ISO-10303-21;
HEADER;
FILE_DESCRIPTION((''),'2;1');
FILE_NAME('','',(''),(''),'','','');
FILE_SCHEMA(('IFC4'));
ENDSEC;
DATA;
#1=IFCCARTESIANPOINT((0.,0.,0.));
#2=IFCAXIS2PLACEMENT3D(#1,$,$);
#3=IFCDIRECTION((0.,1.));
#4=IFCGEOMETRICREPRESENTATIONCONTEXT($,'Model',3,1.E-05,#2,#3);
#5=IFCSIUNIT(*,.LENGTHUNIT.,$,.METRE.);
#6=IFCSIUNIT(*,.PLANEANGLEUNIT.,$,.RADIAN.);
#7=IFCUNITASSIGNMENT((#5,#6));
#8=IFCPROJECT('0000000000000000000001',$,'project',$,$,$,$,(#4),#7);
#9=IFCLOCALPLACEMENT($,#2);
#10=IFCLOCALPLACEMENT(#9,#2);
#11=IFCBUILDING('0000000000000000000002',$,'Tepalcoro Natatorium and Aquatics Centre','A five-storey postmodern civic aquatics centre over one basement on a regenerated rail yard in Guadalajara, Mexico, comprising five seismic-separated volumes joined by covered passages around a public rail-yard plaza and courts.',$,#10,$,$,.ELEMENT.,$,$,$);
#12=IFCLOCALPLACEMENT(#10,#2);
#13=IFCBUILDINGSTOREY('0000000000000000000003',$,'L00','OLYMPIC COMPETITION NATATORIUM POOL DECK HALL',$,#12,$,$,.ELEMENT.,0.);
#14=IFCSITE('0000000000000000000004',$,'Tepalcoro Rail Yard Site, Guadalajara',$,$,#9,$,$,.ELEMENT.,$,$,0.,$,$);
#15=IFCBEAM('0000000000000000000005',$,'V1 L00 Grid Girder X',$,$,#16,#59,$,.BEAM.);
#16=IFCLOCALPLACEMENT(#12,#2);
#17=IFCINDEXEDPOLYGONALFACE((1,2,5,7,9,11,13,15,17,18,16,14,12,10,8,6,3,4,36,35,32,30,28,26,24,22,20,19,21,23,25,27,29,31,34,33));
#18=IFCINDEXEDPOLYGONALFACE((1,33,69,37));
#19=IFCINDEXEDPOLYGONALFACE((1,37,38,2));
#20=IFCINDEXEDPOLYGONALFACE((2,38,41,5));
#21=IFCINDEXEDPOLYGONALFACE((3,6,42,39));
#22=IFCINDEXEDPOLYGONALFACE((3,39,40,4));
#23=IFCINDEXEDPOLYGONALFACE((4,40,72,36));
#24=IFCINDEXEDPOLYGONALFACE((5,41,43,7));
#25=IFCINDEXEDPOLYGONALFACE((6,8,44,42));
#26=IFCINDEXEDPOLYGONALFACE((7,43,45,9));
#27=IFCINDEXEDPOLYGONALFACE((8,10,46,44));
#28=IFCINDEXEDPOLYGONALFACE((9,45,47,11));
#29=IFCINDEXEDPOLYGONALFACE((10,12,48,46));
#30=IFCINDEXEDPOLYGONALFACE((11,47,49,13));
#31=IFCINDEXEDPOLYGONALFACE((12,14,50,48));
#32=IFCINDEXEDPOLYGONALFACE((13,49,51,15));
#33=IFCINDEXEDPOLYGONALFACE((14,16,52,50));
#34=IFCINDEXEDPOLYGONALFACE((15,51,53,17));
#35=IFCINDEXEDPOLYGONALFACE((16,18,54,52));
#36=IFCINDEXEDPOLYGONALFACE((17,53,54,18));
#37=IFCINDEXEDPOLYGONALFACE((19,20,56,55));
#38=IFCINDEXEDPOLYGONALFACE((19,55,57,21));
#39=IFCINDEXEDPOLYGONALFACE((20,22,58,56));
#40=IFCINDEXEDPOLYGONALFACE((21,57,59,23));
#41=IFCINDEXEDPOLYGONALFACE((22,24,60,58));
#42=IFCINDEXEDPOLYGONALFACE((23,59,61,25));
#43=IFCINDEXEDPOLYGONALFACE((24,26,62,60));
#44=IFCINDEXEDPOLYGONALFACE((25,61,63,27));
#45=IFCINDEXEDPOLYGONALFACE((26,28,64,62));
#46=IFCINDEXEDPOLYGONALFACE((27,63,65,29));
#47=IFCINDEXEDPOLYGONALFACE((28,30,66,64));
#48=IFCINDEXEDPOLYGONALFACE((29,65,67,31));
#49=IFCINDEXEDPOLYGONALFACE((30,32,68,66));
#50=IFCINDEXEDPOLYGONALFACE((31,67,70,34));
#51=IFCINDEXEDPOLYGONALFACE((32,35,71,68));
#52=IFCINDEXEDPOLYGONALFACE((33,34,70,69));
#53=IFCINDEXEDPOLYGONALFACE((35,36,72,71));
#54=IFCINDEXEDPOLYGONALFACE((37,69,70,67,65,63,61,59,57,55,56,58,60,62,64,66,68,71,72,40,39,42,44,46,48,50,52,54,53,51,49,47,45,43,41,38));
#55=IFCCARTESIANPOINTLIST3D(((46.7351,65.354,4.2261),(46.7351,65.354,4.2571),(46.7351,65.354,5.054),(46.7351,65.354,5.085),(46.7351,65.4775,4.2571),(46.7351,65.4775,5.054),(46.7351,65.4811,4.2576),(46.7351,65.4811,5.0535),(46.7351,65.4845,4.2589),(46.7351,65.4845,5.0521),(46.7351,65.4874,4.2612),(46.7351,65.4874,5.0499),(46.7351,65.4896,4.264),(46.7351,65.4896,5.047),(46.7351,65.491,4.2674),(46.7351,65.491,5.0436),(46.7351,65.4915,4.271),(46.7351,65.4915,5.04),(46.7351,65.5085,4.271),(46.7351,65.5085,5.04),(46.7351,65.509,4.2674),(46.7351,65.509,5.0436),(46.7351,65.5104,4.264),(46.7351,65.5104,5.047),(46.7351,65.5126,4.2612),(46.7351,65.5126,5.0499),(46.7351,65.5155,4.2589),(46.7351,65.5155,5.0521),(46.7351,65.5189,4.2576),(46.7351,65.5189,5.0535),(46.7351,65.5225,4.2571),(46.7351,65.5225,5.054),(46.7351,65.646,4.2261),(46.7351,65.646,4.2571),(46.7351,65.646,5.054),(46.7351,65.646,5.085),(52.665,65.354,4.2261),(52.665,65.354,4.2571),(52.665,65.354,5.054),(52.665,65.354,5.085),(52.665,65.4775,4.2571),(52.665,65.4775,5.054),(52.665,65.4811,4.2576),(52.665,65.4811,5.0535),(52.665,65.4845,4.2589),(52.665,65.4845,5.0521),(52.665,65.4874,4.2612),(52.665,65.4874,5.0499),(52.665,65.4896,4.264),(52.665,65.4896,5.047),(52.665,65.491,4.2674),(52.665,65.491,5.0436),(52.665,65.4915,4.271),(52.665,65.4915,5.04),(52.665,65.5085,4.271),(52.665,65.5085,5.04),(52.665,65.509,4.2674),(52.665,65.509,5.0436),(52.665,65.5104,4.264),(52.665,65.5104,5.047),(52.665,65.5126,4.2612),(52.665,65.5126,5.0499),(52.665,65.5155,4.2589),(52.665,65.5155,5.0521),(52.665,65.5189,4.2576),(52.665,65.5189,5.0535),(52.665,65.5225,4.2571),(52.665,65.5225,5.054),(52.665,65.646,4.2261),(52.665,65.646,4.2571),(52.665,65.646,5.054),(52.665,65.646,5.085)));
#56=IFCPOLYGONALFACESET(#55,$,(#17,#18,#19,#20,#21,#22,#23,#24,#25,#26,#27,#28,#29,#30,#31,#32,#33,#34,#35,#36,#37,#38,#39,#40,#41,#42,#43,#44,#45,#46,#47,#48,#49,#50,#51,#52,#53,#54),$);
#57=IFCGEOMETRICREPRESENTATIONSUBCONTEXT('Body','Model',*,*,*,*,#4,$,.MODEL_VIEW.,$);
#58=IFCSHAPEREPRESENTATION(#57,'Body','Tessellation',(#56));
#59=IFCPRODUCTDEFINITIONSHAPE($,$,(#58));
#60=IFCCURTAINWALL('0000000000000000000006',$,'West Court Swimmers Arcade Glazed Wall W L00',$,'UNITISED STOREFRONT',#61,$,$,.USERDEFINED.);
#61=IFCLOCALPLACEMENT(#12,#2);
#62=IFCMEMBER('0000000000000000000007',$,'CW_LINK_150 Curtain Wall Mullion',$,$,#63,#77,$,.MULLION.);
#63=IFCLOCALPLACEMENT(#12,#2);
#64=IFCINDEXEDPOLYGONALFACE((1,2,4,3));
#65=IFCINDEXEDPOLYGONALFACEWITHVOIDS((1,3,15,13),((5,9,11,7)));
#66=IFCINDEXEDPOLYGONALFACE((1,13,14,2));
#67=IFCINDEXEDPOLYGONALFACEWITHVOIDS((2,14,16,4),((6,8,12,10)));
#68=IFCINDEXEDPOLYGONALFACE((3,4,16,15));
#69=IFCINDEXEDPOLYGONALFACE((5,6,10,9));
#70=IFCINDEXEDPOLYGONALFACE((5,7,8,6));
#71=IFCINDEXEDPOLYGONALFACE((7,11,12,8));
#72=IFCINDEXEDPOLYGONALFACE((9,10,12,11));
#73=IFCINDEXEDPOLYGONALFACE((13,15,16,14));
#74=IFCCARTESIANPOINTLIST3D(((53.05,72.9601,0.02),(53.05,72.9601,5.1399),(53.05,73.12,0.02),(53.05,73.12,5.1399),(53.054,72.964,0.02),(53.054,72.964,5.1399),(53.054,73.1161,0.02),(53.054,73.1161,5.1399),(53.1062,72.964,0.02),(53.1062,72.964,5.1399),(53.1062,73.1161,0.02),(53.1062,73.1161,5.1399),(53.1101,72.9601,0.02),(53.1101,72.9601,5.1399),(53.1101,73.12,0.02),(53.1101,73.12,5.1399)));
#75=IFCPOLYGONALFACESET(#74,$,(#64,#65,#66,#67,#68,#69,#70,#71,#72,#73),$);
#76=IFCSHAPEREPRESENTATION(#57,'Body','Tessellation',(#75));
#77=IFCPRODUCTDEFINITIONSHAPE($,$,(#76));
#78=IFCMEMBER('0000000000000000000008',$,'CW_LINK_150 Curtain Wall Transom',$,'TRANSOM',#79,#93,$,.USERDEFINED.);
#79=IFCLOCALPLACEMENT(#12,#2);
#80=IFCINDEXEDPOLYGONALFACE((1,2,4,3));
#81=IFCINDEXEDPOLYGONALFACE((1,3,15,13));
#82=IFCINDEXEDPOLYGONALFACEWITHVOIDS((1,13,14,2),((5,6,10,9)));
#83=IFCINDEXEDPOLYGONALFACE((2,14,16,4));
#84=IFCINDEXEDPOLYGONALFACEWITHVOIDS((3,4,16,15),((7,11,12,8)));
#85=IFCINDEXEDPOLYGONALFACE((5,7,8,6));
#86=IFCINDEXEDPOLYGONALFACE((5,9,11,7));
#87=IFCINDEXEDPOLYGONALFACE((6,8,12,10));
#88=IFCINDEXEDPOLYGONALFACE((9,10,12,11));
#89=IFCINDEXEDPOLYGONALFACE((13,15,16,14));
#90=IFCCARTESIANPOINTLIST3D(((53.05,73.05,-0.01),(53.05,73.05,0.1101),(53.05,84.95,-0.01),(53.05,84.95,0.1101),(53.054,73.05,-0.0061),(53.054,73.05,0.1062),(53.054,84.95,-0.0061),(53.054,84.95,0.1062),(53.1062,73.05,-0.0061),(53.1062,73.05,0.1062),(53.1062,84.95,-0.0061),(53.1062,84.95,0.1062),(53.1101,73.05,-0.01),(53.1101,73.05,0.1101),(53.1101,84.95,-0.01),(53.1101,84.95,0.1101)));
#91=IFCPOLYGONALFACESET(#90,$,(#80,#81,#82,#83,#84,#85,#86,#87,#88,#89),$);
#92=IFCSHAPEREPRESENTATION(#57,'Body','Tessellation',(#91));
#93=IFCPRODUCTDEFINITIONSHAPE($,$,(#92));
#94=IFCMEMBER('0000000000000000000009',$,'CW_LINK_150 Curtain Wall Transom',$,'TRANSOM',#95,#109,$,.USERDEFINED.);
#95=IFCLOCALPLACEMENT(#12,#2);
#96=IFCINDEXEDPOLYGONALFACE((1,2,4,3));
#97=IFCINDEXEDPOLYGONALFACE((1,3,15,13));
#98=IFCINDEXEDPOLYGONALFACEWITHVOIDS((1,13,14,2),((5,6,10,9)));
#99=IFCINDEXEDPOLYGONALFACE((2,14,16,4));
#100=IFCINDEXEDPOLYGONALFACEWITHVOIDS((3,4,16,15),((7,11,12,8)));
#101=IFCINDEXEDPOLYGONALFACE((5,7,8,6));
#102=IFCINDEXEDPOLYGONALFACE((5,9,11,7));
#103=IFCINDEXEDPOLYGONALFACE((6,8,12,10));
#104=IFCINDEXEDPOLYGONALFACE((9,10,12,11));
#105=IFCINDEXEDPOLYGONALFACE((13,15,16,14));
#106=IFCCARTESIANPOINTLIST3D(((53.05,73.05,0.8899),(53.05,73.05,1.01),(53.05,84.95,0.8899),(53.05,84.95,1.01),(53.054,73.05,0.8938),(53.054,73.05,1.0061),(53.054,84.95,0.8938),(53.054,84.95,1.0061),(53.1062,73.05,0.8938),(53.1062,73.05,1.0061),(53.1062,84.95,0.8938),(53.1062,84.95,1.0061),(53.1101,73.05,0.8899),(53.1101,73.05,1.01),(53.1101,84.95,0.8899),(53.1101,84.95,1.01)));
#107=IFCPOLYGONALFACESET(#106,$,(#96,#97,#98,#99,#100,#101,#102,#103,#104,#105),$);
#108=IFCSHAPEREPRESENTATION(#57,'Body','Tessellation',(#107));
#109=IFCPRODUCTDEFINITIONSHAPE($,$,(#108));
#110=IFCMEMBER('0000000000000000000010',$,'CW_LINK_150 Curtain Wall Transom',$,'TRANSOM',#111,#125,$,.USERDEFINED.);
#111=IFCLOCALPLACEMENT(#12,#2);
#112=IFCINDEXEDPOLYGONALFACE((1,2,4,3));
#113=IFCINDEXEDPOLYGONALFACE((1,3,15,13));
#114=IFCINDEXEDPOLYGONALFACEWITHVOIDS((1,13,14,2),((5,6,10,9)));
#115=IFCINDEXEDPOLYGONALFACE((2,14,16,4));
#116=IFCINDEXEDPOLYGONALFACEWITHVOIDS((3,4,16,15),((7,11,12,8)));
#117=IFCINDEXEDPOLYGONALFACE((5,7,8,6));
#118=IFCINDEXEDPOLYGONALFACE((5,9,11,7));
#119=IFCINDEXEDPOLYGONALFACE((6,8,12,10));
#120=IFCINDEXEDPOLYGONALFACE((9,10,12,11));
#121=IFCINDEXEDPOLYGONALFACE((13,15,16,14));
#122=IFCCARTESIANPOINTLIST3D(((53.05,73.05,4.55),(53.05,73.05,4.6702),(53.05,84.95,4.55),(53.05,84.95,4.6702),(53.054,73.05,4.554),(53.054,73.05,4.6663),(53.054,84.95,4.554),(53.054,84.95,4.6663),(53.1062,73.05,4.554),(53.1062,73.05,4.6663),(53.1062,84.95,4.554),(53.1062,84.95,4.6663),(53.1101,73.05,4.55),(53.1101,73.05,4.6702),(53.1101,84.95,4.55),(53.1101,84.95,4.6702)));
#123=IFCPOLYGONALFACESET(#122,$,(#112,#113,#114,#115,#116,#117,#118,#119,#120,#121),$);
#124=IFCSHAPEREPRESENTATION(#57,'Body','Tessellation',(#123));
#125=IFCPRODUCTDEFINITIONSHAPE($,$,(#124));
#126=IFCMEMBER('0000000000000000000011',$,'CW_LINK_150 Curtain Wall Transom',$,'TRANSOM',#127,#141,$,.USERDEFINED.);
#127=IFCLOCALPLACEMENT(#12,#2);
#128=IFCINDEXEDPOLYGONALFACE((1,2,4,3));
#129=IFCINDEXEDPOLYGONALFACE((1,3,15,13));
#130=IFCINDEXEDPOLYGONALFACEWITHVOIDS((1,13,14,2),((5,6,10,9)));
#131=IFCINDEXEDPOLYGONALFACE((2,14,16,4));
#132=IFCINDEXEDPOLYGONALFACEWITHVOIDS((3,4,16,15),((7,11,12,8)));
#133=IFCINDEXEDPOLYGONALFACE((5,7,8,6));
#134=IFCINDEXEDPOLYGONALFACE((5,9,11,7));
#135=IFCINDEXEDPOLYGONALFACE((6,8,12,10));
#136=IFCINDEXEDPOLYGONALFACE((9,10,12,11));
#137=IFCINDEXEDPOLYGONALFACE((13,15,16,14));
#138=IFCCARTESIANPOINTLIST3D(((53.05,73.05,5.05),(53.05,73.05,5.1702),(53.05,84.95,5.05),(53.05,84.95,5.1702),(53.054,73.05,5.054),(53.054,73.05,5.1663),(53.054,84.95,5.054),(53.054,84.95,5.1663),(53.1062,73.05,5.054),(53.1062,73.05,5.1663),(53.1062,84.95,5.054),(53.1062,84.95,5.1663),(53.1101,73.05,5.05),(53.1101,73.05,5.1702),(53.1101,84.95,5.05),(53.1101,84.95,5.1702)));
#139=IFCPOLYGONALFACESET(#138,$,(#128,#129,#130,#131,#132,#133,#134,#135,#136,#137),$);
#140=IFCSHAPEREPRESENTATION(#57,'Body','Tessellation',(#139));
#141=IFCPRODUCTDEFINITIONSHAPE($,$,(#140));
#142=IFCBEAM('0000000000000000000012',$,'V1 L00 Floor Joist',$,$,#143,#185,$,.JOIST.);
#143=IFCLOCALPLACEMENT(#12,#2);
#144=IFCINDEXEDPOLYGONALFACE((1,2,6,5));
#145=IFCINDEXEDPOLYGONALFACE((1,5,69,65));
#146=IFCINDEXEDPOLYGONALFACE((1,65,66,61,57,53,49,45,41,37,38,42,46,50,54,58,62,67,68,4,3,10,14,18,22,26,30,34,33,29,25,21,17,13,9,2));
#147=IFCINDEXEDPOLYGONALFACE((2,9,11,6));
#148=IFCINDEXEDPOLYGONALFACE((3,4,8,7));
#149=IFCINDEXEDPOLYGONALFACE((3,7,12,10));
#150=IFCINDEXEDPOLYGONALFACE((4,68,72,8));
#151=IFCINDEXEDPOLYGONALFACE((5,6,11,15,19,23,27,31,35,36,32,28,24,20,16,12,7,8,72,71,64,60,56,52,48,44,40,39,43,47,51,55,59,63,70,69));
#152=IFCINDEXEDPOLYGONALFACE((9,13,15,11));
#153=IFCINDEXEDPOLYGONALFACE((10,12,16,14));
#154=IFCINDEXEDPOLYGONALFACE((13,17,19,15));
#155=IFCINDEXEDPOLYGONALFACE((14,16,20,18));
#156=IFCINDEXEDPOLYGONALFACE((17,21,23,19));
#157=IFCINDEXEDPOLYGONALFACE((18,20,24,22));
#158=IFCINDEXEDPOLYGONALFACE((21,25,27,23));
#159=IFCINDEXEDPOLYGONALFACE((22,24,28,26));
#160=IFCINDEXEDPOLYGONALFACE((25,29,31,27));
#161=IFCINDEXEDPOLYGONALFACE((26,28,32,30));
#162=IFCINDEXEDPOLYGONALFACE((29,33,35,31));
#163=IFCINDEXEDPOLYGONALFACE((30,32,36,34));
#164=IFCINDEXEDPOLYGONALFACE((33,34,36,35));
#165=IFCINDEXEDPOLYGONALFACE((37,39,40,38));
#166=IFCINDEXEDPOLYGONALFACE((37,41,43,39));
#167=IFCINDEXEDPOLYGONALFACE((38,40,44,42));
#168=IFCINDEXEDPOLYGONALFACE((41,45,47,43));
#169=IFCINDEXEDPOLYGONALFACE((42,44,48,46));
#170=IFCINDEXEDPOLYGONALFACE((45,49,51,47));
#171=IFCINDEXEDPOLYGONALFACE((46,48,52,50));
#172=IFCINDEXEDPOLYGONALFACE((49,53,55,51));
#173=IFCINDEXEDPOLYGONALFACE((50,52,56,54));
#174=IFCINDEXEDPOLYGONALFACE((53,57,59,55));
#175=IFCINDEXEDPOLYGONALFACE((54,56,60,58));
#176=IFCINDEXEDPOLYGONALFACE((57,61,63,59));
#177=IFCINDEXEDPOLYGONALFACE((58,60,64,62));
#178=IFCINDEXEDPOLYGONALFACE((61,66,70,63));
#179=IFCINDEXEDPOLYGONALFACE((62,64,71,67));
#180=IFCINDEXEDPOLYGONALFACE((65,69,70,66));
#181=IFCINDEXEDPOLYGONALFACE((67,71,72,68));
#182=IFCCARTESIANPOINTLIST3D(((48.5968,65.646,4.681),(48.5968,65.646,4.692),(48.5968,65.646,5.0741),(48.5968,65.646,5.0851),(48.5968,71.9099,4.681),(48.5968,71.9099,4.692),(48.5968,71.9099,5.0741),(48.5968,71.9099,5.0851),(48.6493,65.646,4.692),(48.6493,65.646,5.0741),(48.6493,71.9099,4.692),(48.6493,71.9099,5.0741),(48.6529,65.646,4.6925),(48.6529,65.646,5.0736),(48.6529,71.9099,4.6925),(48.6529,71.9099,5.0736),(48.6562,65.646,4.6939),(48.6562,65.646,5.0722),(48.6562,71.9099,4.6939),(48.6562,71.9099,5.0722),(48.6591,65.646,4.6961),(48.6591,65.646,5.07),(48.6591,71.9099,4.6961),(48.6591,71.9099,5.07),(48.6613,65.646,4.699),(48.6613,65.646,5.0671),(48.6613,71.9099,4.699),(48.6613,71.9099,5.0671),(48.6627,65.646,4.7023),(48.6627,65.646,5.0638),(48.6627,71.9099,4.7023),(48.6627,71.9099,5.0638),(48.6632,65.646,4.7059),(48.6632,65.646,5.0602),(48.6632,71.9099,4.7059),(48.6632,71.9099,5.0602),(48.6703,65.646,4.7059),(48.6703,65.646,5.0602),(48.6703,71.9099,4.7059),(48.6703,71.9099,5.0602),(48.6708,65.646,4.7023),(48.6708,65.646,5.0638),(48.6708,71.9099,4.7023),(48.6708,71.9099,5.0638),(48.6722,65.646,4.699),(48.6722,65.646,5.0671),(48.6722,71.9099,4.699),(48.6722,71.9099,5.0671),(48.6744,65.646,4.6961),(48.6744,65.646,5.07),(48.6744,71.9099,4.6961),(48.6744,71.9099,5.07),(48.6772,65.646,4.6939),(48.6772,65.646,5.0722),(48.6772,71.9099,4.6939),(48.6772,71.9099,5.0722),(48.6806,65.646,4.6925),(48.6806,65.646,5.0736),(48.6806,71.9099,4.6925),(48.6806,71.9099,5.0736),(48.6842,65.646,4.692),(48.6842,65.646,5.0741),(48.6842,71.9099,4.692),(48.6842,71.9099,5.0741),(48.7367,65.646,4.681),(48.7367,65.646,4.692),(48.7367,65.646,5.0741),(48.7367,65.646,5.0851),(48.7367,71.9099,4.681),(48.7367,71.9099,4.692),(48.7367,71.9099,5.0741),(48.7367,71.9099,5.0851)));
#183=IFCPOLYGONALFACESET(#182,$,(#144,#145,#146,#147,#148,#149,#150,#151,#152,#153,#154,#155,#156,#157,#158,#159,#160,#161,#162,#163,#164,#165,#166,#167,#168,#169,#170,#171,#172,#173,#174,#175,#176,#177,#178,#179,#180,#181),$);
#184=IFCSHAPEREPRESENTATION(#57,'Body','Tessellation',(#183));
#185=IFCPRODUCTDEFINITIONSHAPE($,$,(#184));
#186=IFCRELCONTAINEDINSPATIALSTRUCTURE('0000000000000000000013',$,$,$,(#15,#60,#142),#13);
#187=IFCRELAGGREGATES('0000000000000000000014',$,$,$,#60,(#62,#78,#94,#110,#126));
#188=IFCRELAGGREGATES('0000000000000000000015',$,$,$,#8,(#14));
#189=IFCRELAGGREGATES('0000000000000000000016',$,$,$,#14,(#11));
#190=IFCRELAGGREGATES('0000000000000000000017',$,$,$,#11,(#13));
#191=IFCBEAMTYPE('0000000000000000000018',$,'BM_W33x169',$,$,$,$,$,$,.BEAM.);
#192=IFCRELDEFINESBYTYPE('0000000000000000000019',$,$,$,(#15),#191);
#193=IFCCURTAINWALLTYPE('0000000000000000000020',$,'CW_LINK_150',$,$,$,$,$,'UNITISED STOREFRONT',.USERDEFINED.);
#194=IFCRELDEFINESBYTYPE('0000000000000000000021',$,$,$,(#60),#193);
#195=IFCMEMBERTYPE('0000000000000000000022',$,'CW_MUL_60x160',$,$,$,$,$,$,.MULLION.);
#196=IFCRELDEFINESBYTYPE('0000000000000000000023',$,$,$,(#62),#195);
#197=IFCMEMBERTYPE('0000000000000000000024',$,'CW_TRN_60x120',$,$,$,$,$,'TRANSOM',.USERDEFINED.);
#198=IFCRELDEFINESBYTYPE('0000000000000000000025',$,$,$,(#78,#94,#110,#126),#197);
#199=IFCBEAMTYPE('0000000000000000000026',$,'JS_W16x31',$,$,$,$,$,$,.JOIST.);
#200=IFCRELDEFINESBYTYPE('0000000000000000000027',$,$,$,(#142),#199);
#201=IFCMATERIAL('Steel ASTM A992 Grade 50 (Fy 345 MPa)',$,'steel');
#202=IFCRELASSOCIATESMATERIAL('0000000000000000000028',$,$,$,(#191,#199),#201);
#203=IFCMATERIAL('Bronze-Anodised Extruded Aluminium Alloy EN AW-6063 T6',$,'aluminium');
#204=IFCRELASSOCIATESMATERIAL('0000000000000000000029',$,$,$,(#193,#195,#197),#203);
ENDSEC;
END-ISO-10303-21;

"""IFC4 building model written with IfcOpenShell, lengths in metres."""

from ifc_helpers import new_model, si_unit, direction, frame, origin, origin_2d, place, context, subcontext, project, spatial, hollow_rectangle, i_section, extrude, material, material_profile, profile_set, type_object, element, aggregate, save


model = new_model("IFC4")

# Units and contexts
model_context = context("Model", 3, precision=1e-05, world=origin(), true_north=direction((0.0, 1.0)))
body_context = subcontext(model_context, "Body", "Model", "MODEL_VIEW")
ifc_project = project(units=[si_unit("LENGTHUNIT", "METRE"), si_unit("PLANEANGLEUNIT", "RADIAN")], contexts=[model_context])

# Site, building, storey
site_placement = place(None, origin())
site = spatial("IfcSite", under=ifc_project, at=site_placement, Name="Tepalcoro Rail Yard Site, Guadalajara", CompositionType="ELEMENT", RefElevation=0.0)
building_placement = place(site_placement, origin())
building = spatial("IfcBuilding", under=site, at=building_placement, Name="Tepalcoro Natatorium and Aquatics Centre", Description="A five-storey postmodern civic aquatics centre over one basement on a regenerated rail yard in Guadalajara, Mexico, comprising five seismic-separated volumes joined by covered passages around a public rail-yard plaza and courts.", CompositionType="ELEMENT")
storey_placement = place(building_placement, origin())
storey = spatial("IfcBuildingStorey", under=building, at=storey_placement, Name="L00", Description="OLYMPIC COMPETITION NATATORIUM POOL DECK HALL", CompositionType="ELEMENT", Elevation=0.0)

# Shared definitions
ifc_material_1 = material(Name="Steel ASTM A992 Grade 50 (Fy 345 MPa)", Category="steel")

# Beam
ifc_material_profile_1 = material_profile(ifc_material_1, i_section(OverallWidth=0.292, OverallDepth=0.8589, WebThickness=0.0171, FlangeThickness=0.031, FilletRadius=0.0139, at=origin_2d()), Name="W33X169")
ifc_profile_set_1 = profile_set([ifc_material_profile_1], Name="Steel ASTM A992 Grade 50 (Fy 345 MPa)")
beam_type_1 = type_object("IfcBeamType", Name="BM_W33x169", PredefinedType="BEAM", material=ifc_profile_set_1)
beam_1_placement = place(storey_placement, frame((46.7351, 65.5, 4.6555), z_axis=(1.0, 0.0, 0.0), x_axis=(0.0, 1.0, 0.0)))
element("IfcBeam", 1, at=beam_1_placement, inside=storey, type_object=beam_type_1, Name="V1 L00 Grid Girder X", PredefinedType="BEAM", context=body_context, shape_type="SweptSolid", body=[
    extrude(i_section(OverallWidth=0.292, OverallDepth=0.8589, WebThickness=0.0171, FlangeThickness=0.031, FilletRadius=0.0139, at=origin_2d()), origin(), (0.0, 0.0, 1.0), 5.9299),
])

# Curtain wall, members
ifc_material_2 = material(Name="Bronze-Anodised Extruded Aluminium Alloy EN AW-6063 T6", Category="aluminium")
curtain_wall_type_1 = type_object("IfcCurtainWallType", Name="CW_LINK_150", ElementType="UNITISED STOREFRONT", PredefinedType="USERDEFINED", material=ifc_material_2)
curtain_wall_1_placement = place(storey_placement, origin())
curtain_wall_1 = element("IfcCurtainWall", 2, at=curtain_wall_1_placement, inside=storey, type_object=curtain_wall_type_1, Name="West Court Swimmers Arcade Glazed Wall W L00", ObjectType="UNITISED STOREFRONT", PredefinedType="USERDEFINED")
ifc_material_profile_2 = material_profile(ifc_material_2, hollow_rectangle(XDim=0.0601, YDim=0.1599, WallThickness=0.0039, at=origin_2d()), Name="AL60X160X4")
ifc_profile_set_2 = profile_set([ifc_material_profile_2], Name="Bronze-Anodised Extruded Aluminium Alloy EN AW-6063 T6")
member_type_1 = type_object("IfcMemberType", Name="CW_MUL_60x160", PredefinedType="MULLION", material=ifc_profile_set_2)
member_1_placement = place(storey_placement, frame((53.0801, 73.04, 0.02), z_axis=(0.0, 0.0, 1.0), x_axis=(1.0, 0.0, 0.0)))
member_1 = element("IfcMember", 3, at=member_1_placement, type_object=member_type_1, Name="CW_LINK_150 Curtain Wall Mullion", PredefinedType="MULLION", context=body_context, shape_type="SweptSolid", body=[
    extrude(hollow_rectangle(XDim=0.0601, YDim=0.1599, WallThickness=0.0039, at=origin_2d()), origin(), (0.0, 0.0, 1.0), 5.1199),
])
ifc_material_profile_3 = material_profile(ifc_material_2, hollow_rectangle(XDim=0.0601, YDim=0.1201, WallThickness=0.0039, at=origin_2d()), Name="AL60X120X4")
ifc_profile_set_3 = profile_set([ifc_material_profile_3], Name="Bronze-Anodised Extruded Aluminium Alloy EN AW-6063 T6")
member_type_2 = type_object("IfcMemberType", Name="CW_TRN_60x120", ElementType="TRANSOM", PredefinedType="USERDEFINED", material=ifc_profile_set_3)
member_2_placement = place(storey_placement, frame((53.0801, 73.05, 0.05), z_axis=(0.0, 1.0, 0.0), x_axis=(-1.0, 0.0, 0.0)))
member_2 = element("IfcMember", 4, at=member_2_placement, type_object=member_type_2, Name="CW_LINK_150 Curtain Wall Transom", ObjectType="TRANSOM", PredefinedType="USERDEFINED", context=body_context, shape_type="SweptSolid", body=[
    extrude(hollow_rectangle(XDim=0.0601, YDim=0.1201, WallThickness=0.0039, at=origin_2d()), origin(), (0.0, 0.0, 1.0), 11.8999),
])
member_3_placement = place(storey_placement, frame((53.0801, 73.05, 0.95), z_axis=(0.0, 1.0, 0.0), x_axis=(-1.0, 0.0, 0.0)))
member_3 = element("IfcMember", 5, at=member_3_placement, type_object=member_type_2, Name="CW_LINK_150 Curtain Wall Transom", ObjectType="TRANSOM", PredefinedType="USERDEFINED", context=body_context, shape_type="SweptSolid", body=[
    extrude(hollow_rectangle(XDim=0.0601, YDim=0.1201, WallThickness=0.0039, at=origin_2d()), origin(), (0.0, 0.0, 1.0), 11.8999),
])
member_4_placement = place(storey_placement, frame((53.0801, 73.05, 4.6101), z_axis=(0.0, 1.0, 0.0), x_axis=(-1.0, 0.0, 0.0)))
member_4 = element("IfcMember", 6, at=member_4_placement, type_object=member_type_2, Name="CW_LINK_150 Curtain Wall Transom", ObjectType="TRANSOM", PredefinedType="USERDEFINED", context=body_context, shape_type="SweptSolid", body=[
    extrude(hollow_rectangle(XDim=0.0601, YDim=0.1201, WallThickness=0.0039, at=origin_2d()), origin(), (0.0, 0.0, 1.0), 11.8999),
])
member_5_placement = place(storey_placement, frame((53.0801, 73.05, 5.1101), z_axis=(0.0, 1.0, 0.0), x_axis=(-1.0, 0.0, 0.0)))
member_5 = element("IfcMember", 7, at=member_5_placement, type_object=member_type_2, Name="CW_LINK_150 Curtain Wall Transom", ObjectType="TRANSOM", PredefinedType="USERDEFINED", context=body_context, shape_type="SweptSolid", body=[
    extrude(hollow_rectangle(XDim=0.0601, YDim=0.1201, WallThickness=0.0039, at=origin_2d()), origin(), (0.0, 0.0, 1.0), 11.8999),
])

# Beam
ifc_material_profile_4 = material_profile(ifc_material_1, i_section(OverallWidth=0.1399, OverallDepth=0.4041, WebThickness=0.0071, FlangeThickness=0.011, FilletRadius=0.0139, at=origin_2d()), Name="W16X31")
ifc_profile_set_4 = profile_set([ifc_material_profile_4], Name="Steel ASTM A992 Grade 50 (Fy 345 MPa)")
beam_type_2 = type_object("IfcBeamType", Name="JS_W16x31", PredefinedType="JOIST", material=ifc_profile_set_4)
beam_2_placement = place(storey_placement, frame((48.6667, 65.646, 4.8831), z_axis=(0.0, 1.0, 0.0), x_axis=(-1.0, 0.0, 0.0)))
element("IfcBeam", 8, at=beam_2_placement, inside=storey, type_object=beam_type_2, Name="V1 L00 Floor Joist", PredefinedType="JOIST", context=body_context, shape_type="SweptSolid", body=[
    extrude(i_section(OverallWidth=0.1399, OverallDepth=0.4041, WebThickness=0.0071, FlangeThickness=0.011, FilletRadius=0.0139, at=origin_2d()), origin(), (0.0, 0.0, 1.0), 6.2639),
])

aggregate(curtain_wall_1, [member_1, member_2, member_3, member_4, member_5])

save(model, "model.ifc")
